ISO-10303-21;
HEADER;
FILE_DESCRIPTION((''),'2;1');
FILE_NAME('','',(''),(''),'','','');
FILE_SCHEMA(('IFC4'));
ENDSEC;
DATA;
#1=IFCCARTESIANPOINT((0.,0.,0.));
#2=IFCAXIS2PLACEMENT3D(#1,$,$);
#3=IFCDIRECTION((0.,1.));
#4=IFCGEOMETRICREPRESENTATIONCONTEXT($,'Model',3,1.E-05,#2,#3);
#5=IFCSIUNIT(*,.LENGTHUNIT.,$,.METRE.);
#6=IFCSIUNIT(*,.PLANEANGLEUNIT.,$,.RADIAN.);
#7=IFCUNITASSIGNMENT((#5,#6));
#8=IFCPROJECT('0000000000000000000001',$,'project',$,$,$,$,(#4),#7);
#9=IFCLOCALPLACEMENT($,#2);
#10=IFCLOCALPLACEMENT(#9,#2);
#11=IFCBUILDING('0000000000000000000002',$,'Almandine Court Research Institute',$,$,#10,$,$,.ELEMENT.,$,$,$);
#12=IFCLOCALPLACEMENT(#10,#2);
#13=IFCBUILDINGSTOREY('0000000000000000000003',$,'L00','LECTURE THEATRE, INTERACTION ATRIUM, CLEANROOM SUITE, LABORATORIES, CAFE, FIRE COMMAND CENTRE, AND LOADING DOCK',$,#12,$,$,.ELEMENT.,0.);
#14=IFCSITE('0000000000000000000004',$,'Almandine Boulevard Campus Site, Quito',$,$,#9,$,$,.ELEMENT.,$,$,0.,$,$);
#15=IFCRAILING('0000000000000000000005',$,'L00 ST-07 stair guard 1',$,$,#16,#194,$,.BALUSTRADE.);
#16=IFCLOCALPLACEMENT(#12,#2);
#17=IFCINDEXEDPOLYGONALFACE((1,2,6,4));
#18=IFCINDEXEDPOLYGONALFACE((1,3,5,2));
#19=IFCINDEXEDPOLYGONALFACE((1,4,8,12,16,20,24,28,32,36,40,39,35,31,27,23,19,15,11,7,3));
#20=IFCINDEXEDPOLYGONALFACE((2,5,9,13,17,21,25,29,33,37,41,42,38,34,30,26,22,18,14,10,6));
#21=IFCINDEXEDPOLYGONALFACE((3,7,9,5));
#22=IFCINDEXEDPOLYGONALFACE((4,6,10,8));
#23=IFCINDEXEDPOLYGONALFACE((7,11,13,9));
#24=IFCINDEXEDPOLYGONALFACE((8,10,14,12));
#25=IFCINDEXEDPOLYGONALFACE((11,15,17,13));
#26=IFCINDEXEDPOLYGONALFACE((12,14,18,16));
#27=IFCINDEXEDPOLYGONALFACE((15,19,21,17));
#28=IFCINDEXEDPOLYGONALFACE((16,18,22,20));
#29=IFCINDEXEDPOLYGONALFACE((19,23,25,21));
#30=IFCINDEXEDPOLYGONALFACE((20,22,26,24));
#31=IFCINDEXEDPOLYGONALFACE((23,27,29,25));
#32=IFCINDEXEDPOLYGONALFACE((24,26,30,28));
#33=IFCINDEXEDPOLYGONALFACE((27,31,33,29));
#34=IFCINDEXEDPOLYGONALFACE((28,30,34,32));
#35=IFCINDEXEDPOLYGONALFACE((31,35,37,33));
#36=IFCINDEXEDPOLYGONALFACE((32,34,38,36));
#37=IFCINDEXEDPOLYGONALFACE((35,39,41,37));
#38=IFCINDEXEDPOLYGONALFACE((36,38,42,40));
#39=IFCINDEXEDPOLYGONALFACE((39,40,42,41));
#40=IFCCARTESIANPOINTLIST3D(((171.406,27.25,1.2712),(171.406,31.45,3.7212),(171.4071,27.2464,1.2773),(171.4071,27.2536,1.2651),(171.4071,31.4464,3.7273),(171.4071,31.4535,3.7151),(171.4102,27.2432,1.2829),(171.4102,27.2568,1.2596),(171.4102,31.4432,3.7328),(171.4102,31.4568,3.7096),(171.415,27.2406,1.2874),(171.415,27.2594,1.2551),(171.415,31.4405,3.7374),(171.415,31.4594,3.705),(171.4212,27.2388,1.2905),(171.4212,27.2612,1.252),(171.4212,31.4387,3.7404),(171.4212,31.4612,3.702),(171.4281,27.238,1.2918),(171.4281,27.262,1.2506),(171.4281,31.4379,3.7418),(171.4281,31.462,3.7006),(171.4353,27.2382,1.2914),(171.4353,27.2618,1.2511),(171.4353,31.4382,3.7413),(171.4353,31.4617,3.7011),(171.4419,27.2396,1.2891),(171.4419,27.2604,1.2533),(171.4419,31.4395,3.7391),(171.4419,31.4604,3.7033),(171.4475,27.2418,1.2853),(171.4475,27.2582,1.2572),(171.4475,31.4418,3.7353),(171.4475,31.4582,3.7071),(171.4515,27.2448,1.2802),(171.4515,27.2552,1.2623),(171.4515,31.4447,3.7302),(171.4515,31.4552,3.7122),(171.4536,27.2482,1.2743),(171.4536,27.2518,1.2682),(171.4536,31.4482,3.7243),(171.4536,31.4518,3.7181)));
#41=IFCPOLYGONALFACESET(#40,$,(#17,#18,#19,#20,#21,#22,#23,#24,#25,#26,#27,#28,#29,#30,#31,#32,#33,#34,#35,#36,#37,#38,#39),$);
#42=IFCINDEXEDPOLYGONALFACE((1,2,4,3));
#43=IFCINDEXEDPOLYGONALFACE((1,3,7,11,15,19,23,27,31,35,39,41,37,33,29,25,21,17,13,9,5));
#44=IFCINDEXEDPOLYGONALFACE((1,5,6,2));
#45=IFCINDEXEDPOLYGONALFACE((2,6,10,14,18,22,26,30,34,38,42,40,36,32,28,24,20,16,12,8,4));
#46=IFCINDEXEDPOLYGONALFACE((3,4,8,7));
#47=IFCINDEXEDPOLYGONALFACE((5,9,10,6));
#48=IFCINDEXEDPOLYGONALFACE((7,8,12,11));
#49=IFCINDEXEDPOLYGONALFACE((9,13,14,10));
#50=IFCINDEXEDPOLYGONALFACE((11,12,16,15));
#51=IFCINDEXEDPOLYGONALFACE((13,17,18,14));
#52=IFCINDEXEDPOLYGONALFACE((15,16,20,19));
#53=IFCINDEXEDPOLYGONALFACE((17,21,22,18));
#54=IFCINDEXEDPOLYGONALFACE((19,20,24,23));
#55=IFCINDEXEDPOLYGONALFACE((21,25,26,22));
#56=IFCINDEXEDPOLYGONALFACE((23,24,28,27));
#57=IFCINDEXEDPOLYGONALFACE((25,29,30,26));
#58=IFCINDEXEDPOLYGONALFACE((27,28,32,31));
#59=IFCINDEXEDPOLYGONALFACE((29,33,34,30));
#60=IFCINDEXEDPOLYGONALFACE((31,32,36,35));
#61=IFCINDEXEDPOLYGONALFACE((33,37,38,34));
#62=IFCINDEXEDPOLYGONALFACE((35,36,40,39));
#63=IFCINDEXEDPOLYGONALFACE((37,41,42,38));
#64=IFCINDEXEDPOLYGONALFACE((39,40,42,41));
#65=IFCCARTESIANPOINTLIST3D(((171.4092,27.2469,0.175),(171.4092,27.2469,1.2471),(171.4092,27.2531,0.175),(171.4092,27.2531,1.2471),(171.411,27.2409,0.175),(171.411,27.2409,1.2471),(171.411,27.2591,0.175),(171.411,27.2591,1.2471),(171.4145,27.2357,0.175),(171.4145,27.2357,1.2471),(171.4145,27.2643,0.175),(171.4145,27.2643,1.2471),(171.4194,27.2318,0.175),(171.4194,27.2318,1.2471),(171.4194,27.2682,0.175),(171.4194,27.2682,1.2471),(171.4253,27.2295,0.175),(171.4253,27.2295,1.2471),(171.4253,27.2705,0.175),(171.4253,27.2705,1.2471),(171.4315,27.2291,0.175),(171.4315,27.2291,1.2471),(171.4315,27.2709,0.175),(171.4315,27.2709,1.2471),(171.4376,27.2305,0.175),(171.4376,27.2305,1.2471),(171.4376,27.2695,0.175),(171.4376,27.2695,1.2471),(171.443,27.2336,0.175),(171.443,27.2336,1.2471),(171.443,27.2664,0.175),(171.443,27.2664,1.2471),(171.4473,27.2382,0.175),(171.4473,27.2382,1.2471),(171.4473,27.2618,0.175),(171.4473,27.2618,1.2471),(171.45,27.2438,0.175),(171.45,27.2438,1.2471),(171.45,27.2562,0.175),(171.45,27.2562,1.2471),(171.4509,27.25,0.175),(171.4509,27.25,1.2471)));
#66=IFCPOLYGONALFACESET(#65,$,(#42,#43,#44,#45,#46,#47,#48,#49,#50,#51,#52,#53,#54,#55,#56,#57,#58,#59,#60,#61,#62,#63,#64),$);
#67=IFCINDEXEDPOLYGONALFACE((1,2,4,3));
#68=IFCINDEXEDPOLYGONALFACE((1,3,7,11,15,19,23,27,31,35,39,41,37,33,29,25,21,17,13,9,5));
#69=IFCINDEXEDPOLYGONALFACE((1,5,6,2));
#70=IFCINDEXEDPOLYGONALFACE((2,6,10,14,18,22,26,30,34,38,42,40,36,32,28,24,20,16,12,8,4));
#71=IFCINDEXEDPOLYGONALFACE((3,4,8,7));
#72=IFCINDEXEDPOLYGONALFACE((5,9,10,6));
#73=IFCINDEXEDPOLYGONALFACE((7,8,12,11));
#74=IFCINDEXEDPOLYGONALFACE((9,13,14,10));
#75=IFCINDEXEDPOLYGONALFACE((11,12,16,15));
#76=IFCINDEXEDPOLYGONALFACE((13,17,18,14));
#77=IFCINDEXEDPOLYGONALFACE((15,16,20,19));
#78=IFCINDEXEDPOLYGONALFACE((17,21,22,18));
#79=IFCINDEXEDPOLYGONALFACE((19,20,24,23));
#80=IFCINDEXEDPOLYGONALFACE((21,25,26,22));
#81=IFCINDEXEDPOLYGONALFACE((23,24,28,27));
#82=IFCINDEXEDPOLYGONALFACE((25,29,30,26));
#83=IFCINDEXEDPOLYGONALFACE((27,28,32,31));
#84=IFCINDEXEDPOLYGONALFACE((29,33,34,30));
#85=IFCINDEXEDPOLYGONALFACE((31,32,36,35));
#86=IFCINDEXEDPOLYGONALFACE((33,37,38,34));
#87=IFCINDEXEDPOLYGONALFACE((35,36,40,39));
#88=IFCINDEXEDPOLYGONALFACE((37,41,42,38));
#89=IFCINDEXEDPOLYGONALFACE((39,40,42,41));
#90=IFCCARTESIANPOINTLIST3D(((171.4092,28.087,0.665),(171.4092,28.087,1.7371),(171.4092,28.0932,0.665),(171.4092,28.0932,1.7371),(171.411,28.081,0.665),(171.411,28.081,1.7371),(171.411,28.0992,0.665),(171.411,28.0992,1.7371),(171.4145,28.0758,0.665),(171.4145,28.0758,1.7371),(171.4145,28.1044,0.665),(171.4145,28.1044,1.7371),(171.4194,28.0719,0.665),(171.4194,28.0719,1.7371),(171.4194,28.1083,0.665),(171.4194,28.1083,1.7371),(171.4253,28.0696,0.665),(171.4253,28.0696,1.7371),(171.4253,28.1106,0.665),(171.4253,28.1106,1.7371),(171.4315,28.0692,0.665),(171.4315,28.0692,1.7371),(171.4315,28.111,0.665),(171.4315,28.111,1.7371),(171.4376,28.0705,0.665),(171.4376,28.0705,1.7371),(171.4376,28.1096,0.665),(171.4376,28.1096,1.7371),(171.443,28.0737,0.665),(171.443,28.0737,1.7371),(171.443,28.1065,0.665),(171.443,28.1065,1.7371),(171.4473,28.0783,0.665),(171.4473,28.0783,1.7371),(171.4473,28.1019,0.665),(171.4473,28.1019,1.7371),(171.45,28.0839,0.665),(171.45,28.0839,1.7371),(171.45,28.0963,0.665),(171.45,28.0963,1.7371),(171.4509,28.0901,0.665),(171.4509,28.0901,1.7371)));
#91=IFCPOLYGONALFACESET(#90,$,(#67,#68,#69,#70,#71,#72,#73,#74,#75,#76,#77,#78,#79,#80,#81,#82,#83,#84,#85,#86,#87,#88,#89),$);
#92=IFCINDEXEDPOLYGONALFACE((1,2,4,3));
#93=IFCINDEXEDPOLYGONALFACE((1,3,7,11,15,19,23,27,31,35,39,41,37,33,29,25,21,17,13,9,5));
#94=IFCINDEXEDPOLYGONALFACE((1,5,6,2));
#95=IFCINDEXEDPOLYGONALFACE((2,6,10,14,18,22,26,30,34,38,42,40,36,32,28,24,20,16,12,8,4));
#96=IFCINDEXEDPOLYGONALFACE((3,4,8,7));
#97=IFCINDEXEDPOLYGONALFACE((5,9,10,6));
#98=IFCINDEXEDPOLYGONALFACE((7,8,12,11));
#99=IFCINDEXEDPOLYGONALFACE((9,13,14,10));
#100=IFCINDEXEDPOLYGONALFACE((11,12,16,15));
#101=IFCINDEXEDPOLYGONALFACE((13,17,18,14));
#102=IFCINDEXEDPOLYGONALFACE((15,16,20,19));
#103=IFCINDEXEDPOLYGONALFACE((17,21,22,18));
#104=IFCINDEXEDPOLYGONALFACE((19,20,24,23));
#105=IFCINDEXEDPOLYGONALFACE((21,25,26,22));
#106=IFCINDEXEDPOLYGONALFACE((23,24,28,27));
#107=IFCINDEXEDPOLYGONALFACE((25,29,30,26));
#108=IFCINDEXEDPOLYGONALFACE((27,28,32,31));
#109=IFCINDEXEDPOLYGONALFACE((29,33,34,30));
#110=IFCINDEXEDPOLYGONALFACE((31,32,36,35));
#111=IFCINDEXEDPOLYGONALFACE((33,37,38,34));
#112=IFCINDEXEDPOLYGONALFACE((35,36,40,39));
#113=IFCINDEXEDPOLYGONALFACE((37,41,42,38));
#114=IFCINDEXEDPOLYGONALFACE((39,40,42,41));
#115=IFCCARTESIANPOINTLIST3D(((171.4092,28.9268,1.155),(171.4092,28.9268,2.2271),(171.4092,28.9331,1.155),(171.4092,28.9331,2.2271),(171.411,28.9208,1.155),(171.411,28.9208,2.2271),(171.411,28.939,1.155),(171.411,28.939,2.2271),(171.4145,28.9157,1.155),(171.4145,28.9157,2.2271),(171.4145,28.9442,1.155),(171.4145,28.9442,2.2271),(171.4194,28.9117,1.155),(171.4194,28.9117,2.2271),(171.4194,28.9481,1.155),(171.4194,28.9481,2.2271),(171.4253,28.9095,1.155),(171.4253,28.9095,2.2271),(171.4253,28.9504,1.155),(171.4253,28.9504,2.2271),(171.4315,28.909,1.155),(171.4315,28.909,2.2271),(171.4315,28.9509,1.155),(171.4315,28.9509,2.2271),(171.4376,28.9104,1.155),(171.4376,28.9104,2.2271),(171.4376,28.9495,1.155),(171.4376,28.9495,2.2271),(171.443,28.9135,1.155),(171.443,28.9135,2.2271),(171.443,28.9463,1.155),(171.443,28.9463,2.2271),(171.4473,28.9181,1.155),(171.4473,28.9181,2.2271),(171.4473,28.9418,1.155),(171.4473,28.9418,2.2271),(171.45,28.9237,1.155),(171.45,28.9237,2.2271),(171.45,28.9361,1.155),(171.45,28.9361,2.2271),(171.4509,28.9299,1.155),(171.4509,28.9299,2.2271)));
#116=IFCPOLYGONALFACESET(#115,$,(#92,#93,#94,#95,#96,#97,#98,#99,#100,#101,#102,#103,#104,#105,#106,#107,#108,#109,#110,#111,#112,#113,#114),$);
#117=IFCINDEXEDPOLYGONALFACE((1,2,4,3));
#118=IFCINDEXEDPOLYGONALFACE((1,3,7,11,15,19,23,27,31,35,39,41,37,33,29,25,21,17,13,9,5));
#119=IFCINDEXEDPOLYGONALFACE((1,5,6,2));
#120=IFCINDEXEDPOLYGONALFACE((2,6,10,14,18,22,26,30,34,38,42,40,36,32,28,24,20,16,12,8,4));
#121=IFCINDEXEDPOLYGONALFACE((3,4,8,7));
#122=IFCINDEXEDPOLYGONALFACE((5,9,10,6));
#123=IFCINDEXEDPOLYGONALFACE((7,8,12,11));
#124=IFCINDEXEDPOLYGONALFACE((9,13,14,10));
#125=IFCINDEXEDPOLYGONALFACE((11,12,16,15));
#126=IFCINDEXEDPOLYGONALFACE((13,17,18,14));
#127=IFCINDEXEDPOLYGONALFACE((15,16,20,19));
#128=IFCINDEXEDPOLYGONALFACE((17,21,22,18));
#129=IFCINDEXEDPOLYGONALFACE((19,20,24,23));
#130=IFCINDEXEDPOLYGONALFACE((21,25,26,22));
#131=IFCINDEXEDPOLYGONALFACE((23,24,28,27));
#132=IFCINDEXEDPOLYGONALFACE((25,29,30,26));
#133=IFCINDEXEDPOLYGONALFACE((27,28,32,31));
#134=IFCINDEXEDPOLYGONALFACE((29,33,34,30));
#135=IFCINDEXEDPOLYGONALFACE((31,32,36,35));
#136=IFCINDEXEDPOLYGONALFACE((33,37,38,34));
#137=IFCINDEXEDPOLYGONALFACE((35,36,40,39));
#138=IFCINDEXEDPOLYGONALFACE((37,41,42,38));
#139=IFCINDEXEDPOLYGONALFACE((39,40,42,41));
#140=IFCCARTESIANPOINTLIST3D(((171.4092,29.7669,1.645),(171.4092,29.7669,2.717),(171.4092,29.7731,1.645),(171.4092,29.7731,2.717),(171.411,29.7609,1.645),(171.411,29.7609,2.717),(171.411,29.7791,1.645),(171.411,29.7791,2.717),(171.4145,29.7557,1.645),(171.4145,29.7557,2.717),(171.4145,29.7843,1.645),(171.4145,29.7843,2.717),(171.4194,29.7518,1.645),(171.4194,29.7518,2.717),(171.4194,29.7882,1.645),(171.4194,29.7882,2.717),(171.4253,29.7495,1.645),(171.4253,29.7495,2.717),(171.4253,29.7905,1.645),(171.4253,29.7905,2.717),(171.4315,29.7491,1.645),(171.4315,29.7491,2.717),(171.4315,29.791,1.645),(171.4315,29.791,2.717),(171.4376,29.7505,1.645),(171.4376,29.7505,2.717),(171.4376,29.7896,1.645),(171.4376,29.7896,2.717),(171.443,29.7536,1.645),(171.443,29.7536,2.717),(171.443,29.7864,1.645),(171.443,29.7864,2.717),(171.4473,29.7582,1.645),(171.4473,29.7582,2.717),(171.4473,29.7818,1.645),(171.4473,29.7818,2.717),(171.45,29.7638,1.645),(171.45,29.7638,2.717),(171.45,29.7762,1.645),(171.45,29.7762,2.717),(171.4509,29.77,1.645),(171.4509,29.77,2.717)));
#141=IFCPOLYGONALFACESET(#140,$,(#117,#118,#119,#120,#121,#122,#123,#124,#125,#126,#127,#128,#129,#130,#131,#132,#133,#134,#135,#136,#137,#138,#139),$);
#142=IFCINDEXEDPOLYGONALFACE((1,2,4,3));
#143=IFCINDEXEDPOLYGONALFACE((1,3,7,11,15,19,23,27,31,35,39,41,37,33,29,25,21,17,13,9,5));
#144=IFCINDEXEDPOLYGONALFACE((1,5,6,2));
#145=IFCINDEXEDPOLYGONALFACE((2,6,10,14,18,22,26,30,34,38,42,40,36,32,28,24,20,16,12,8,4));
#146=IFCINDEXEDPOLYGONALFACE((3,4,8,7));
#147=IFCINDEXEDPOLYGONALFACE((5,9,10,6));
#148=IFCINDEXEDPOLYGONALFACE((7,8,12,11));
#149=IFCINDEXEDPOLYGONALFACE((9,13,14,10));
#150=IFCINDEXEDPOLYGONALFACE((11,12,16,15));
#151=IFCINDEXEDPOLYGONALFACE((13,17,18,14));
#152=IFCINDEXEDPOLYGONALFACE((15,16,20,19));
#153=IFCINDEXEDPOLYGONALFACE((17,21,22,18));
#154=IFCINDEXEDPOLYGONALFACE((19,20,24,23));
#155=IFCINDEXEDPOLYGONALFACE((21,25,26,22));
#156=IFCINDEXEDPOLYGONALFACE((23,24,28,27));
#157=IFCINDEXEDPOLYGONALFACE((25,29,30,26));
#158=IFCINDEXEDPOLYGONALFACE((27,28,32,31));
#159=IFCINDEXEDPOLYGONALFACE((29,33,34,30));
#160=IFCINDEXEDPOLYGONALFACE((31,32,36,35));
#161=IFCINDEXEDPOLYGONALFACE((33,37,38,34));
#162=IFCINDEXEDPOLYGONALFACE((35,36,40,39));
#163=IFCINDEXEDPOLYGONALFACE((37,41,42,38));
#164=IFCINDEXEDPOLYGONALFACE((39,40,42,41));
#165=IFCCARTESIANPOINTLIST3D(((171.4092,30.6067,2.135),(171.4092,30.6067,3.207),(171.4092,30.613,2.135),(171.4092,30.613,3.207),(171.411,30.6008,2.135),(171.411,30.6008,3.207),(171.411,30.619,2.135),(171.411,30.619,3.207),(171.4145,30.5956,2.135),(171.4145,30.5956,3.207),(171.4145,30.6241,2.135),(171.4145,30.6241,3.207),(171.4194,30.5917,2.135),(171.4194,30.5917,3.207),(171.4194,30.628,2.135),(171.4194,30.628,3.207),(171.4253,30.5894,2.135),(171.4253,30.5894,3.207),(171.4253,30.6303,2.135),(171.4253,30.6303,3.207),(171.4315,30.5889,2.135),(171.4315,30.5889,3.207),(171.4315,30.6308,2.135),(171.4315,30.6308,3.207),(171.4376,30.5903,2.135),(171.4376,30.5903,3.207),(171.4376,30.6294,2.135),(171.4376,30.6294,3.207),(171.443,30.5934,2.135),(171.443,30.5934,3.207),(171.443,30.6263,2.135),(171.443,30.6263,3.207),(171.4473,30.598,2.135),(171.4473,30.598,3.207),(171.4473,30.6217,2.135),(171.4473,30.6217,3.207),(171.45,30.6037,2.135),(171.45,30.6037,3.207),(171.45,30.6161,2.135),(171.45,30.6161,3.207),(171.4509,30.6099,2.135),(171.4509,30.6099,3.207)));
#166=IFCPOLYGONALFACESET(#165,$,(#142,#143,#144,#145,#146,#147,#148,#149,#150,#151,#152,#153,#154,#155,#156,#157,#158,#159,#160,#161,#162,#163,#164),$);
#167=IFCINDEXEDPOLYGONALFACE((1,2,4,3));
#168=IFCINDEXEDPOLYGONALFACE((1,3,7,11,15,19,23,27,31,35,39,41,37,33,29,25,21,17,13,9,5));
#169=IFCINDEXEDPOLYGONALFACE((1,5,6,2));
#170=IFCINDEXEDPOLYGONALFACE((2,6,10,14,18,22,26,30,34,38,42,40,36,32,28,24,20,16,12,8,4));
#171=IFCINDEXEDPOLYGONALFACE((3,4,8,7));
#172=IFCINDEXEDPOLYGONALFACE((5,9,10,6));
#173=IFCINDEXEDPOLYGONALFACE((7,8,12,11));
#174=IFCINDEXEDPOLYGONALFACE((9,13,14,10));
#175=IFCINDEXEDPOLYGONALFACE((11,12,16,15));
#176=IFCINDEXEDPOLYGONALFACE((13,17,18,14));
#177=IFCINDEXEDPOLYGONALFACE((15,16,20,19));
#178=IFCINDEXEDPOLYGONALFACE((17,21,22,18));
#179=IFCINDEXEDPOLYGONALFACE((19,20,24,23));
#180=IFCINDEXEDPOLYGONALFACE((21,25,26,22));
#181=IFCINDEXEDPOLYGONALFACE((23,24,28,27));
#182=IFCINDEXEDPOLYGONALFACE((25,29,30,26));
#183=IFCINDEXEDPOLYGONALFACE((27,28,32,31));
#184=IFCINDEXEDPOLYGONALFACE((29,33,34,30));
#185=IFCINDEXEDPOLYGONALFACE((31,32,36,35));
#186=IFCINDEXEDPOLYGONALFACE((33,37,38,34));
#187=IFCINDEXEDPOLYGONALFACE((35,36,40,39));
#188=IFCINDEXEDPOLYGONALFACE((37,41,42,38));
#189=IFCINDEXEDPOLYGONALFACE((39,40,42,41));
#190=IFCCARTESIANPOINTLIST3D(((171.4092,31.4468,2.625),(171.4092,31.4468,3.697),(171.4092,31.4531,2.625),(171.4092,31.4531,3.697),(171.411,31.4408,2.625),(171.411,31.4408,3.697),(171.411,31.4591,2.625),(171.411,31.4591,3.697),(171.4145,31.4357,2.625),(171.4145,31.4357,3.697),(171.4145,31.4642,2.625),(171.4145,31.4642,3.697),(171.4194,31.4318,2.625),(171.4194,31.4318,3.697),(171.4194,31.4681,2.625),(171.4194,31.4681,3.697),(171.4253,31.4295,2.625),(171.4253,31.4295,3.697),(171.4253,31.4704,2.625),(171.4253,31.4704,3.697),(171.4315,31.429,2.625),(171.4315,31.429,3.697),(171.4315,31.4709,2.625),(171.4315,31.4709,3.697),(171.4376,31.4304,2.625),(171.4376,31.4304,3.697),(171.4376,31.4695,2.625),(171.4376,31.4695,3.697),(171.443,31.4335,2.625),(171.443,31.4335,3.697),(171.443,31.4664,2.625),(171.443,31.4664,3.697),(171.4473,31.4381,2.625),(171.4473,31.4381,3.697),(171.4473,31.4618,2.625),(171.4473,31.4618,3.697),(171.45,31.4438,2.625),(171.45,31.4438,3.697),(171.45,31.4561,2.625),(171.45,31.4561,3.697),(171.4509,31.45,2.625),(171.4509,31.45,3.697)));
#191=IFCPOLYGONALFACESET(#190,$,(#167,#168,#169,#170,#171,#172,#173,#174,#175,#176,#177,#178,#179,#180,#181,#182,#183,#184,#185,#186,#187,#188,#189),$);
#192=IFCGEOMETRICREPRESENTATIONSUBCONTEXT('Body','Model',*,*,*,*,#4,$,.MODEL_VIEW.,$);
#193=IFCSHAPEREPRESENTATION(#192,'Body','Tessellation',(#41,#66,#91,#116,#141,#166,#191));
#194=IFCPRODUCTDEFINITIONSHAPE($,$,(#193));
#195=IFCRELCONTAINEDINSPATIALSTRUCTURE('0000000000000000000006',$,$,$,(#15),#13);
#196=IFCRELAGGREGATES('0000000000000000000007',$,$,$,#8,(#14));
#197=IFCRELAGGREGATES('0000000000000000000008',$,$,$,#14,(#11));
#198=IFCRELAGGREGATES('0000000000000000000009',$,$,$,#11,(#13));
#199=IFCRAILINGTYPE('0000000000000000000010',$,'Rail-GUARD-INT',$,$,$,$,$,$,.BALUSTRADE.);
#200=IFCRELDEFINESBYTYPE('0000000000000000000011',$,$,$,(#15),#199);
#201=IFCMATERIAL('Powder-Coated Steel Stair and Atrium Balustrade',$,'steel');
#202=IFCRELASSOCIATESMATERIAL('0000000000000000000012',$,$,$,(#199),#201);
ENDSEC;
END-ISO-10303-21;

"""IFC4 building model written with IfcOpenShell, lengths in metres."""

from ifc_helpers import new_model, si_unit, direction, frame, origin, origin_2d, place, context, subcontext, project, spatial, circle, extrude, material, type_object, element, save


model = new_model("IFC4")

# Units and contexts
model_context = context("Model", 3, precision=1e-05, world=origin(), true_north=direction((0.0, 1.0)))
body_context = subcontext(model_context, "Body", "Model", "MODEL_VIEW")
ifc_project = project(units=[si_unit("LENGTHUNIT", "METRE"), si_unit("PLANEANGLEUNIT", "RADIAN")], contexts=[model_context])

# Site, building, storey
site_placement = place(None, origin())
site = spatial("IfcSite", under=ifc_project, at=site_placement, Name="Almandine Boulevard Campus Site, Quito", CompositionType="ELEMENT", RefElevation=0.0)
building_placement = place(site_placement, origin())
building = spatial("IfcBuilding", under=site, at=building_placement, Name="Almandine Court Research Institute", CompositionType="ELEMENT")
storey_placement = place(building_placement, origin())
storey = spatial("IfcBuildingStorey", under=building, at=storey_placement, Name="L00", Description="LECTURE THEATRE, INTERACTION ATRIUM, CLEANROOM SUITE, LABORATORIES, CAFE, FIRE COMMAND CENTRE, AND LOADING DOCK", CompositionType="ELEMENT", Elevation=0.0)

# Railing
ifc_material_1 = material(Name="Powder-Coated Steel Stair and Atrium Balustrade", Category="steel")
railing_type_1 = type_object("IfcRailingType", Name="Rail-GUARD-INT", PredefinedType="BALUSTRADE", material=ifc_material_1)
railing_1_placement = place(storey_placement, frame((171.4299, 27.25, 0.175)))
element("IfcRailing", 1, at=railing_1_placement, inside=storey, type_object=railing_type_1, Name="L00 ST-07 stair guard 1", PredefinedType="BALUSTRADE", context=body_context, shape_type="SweptSolid", body=[
    extrude(circle(Radius=0.0239, at=origin_2d()), frame((0.0, 0.0, 1.0962), z_axis=(0.0, 0.863781, 0.503868), x_axis=(-1.0, 0.0, 0.0)), (0.0, 0.0, 1.0), 4.8623),
    extrude(circle(Radius=0.021, at=origin_2d()), origin(), (0.0, 0.0, 1.0), 1.072),
    extrude(circle(Radius=0.021, at=origin_2d()), frame((0.0, 0.8401, 0.49)), (0.0, 0.0, 1.0), 1.072),
    extrude(circle(Radius=0.021, at=origin_2d()), frame((0.0, 1.6799, 0.98)), (0.0, 0.0, 1.0), 1.072),
    extrude(circle(Radius=0.021, at=origin_2d()), frame((0.0, 2.52, 1.47)), (0.0, 0.0, 1.0), 1.072),
    extrude(circle(Radius=0.021, at=origin_2d()), frame((0.0, 3.3599, 1.96)), (0.0, 0.0, 1.0), 1.072),
    extrude(circle(Radius=0.021, at=origin_2d()), frame((0.0, 4.2, 2.45)), (0.0, 0.0, 1.0), 1.072),
])

save(model, "model.ifc")
